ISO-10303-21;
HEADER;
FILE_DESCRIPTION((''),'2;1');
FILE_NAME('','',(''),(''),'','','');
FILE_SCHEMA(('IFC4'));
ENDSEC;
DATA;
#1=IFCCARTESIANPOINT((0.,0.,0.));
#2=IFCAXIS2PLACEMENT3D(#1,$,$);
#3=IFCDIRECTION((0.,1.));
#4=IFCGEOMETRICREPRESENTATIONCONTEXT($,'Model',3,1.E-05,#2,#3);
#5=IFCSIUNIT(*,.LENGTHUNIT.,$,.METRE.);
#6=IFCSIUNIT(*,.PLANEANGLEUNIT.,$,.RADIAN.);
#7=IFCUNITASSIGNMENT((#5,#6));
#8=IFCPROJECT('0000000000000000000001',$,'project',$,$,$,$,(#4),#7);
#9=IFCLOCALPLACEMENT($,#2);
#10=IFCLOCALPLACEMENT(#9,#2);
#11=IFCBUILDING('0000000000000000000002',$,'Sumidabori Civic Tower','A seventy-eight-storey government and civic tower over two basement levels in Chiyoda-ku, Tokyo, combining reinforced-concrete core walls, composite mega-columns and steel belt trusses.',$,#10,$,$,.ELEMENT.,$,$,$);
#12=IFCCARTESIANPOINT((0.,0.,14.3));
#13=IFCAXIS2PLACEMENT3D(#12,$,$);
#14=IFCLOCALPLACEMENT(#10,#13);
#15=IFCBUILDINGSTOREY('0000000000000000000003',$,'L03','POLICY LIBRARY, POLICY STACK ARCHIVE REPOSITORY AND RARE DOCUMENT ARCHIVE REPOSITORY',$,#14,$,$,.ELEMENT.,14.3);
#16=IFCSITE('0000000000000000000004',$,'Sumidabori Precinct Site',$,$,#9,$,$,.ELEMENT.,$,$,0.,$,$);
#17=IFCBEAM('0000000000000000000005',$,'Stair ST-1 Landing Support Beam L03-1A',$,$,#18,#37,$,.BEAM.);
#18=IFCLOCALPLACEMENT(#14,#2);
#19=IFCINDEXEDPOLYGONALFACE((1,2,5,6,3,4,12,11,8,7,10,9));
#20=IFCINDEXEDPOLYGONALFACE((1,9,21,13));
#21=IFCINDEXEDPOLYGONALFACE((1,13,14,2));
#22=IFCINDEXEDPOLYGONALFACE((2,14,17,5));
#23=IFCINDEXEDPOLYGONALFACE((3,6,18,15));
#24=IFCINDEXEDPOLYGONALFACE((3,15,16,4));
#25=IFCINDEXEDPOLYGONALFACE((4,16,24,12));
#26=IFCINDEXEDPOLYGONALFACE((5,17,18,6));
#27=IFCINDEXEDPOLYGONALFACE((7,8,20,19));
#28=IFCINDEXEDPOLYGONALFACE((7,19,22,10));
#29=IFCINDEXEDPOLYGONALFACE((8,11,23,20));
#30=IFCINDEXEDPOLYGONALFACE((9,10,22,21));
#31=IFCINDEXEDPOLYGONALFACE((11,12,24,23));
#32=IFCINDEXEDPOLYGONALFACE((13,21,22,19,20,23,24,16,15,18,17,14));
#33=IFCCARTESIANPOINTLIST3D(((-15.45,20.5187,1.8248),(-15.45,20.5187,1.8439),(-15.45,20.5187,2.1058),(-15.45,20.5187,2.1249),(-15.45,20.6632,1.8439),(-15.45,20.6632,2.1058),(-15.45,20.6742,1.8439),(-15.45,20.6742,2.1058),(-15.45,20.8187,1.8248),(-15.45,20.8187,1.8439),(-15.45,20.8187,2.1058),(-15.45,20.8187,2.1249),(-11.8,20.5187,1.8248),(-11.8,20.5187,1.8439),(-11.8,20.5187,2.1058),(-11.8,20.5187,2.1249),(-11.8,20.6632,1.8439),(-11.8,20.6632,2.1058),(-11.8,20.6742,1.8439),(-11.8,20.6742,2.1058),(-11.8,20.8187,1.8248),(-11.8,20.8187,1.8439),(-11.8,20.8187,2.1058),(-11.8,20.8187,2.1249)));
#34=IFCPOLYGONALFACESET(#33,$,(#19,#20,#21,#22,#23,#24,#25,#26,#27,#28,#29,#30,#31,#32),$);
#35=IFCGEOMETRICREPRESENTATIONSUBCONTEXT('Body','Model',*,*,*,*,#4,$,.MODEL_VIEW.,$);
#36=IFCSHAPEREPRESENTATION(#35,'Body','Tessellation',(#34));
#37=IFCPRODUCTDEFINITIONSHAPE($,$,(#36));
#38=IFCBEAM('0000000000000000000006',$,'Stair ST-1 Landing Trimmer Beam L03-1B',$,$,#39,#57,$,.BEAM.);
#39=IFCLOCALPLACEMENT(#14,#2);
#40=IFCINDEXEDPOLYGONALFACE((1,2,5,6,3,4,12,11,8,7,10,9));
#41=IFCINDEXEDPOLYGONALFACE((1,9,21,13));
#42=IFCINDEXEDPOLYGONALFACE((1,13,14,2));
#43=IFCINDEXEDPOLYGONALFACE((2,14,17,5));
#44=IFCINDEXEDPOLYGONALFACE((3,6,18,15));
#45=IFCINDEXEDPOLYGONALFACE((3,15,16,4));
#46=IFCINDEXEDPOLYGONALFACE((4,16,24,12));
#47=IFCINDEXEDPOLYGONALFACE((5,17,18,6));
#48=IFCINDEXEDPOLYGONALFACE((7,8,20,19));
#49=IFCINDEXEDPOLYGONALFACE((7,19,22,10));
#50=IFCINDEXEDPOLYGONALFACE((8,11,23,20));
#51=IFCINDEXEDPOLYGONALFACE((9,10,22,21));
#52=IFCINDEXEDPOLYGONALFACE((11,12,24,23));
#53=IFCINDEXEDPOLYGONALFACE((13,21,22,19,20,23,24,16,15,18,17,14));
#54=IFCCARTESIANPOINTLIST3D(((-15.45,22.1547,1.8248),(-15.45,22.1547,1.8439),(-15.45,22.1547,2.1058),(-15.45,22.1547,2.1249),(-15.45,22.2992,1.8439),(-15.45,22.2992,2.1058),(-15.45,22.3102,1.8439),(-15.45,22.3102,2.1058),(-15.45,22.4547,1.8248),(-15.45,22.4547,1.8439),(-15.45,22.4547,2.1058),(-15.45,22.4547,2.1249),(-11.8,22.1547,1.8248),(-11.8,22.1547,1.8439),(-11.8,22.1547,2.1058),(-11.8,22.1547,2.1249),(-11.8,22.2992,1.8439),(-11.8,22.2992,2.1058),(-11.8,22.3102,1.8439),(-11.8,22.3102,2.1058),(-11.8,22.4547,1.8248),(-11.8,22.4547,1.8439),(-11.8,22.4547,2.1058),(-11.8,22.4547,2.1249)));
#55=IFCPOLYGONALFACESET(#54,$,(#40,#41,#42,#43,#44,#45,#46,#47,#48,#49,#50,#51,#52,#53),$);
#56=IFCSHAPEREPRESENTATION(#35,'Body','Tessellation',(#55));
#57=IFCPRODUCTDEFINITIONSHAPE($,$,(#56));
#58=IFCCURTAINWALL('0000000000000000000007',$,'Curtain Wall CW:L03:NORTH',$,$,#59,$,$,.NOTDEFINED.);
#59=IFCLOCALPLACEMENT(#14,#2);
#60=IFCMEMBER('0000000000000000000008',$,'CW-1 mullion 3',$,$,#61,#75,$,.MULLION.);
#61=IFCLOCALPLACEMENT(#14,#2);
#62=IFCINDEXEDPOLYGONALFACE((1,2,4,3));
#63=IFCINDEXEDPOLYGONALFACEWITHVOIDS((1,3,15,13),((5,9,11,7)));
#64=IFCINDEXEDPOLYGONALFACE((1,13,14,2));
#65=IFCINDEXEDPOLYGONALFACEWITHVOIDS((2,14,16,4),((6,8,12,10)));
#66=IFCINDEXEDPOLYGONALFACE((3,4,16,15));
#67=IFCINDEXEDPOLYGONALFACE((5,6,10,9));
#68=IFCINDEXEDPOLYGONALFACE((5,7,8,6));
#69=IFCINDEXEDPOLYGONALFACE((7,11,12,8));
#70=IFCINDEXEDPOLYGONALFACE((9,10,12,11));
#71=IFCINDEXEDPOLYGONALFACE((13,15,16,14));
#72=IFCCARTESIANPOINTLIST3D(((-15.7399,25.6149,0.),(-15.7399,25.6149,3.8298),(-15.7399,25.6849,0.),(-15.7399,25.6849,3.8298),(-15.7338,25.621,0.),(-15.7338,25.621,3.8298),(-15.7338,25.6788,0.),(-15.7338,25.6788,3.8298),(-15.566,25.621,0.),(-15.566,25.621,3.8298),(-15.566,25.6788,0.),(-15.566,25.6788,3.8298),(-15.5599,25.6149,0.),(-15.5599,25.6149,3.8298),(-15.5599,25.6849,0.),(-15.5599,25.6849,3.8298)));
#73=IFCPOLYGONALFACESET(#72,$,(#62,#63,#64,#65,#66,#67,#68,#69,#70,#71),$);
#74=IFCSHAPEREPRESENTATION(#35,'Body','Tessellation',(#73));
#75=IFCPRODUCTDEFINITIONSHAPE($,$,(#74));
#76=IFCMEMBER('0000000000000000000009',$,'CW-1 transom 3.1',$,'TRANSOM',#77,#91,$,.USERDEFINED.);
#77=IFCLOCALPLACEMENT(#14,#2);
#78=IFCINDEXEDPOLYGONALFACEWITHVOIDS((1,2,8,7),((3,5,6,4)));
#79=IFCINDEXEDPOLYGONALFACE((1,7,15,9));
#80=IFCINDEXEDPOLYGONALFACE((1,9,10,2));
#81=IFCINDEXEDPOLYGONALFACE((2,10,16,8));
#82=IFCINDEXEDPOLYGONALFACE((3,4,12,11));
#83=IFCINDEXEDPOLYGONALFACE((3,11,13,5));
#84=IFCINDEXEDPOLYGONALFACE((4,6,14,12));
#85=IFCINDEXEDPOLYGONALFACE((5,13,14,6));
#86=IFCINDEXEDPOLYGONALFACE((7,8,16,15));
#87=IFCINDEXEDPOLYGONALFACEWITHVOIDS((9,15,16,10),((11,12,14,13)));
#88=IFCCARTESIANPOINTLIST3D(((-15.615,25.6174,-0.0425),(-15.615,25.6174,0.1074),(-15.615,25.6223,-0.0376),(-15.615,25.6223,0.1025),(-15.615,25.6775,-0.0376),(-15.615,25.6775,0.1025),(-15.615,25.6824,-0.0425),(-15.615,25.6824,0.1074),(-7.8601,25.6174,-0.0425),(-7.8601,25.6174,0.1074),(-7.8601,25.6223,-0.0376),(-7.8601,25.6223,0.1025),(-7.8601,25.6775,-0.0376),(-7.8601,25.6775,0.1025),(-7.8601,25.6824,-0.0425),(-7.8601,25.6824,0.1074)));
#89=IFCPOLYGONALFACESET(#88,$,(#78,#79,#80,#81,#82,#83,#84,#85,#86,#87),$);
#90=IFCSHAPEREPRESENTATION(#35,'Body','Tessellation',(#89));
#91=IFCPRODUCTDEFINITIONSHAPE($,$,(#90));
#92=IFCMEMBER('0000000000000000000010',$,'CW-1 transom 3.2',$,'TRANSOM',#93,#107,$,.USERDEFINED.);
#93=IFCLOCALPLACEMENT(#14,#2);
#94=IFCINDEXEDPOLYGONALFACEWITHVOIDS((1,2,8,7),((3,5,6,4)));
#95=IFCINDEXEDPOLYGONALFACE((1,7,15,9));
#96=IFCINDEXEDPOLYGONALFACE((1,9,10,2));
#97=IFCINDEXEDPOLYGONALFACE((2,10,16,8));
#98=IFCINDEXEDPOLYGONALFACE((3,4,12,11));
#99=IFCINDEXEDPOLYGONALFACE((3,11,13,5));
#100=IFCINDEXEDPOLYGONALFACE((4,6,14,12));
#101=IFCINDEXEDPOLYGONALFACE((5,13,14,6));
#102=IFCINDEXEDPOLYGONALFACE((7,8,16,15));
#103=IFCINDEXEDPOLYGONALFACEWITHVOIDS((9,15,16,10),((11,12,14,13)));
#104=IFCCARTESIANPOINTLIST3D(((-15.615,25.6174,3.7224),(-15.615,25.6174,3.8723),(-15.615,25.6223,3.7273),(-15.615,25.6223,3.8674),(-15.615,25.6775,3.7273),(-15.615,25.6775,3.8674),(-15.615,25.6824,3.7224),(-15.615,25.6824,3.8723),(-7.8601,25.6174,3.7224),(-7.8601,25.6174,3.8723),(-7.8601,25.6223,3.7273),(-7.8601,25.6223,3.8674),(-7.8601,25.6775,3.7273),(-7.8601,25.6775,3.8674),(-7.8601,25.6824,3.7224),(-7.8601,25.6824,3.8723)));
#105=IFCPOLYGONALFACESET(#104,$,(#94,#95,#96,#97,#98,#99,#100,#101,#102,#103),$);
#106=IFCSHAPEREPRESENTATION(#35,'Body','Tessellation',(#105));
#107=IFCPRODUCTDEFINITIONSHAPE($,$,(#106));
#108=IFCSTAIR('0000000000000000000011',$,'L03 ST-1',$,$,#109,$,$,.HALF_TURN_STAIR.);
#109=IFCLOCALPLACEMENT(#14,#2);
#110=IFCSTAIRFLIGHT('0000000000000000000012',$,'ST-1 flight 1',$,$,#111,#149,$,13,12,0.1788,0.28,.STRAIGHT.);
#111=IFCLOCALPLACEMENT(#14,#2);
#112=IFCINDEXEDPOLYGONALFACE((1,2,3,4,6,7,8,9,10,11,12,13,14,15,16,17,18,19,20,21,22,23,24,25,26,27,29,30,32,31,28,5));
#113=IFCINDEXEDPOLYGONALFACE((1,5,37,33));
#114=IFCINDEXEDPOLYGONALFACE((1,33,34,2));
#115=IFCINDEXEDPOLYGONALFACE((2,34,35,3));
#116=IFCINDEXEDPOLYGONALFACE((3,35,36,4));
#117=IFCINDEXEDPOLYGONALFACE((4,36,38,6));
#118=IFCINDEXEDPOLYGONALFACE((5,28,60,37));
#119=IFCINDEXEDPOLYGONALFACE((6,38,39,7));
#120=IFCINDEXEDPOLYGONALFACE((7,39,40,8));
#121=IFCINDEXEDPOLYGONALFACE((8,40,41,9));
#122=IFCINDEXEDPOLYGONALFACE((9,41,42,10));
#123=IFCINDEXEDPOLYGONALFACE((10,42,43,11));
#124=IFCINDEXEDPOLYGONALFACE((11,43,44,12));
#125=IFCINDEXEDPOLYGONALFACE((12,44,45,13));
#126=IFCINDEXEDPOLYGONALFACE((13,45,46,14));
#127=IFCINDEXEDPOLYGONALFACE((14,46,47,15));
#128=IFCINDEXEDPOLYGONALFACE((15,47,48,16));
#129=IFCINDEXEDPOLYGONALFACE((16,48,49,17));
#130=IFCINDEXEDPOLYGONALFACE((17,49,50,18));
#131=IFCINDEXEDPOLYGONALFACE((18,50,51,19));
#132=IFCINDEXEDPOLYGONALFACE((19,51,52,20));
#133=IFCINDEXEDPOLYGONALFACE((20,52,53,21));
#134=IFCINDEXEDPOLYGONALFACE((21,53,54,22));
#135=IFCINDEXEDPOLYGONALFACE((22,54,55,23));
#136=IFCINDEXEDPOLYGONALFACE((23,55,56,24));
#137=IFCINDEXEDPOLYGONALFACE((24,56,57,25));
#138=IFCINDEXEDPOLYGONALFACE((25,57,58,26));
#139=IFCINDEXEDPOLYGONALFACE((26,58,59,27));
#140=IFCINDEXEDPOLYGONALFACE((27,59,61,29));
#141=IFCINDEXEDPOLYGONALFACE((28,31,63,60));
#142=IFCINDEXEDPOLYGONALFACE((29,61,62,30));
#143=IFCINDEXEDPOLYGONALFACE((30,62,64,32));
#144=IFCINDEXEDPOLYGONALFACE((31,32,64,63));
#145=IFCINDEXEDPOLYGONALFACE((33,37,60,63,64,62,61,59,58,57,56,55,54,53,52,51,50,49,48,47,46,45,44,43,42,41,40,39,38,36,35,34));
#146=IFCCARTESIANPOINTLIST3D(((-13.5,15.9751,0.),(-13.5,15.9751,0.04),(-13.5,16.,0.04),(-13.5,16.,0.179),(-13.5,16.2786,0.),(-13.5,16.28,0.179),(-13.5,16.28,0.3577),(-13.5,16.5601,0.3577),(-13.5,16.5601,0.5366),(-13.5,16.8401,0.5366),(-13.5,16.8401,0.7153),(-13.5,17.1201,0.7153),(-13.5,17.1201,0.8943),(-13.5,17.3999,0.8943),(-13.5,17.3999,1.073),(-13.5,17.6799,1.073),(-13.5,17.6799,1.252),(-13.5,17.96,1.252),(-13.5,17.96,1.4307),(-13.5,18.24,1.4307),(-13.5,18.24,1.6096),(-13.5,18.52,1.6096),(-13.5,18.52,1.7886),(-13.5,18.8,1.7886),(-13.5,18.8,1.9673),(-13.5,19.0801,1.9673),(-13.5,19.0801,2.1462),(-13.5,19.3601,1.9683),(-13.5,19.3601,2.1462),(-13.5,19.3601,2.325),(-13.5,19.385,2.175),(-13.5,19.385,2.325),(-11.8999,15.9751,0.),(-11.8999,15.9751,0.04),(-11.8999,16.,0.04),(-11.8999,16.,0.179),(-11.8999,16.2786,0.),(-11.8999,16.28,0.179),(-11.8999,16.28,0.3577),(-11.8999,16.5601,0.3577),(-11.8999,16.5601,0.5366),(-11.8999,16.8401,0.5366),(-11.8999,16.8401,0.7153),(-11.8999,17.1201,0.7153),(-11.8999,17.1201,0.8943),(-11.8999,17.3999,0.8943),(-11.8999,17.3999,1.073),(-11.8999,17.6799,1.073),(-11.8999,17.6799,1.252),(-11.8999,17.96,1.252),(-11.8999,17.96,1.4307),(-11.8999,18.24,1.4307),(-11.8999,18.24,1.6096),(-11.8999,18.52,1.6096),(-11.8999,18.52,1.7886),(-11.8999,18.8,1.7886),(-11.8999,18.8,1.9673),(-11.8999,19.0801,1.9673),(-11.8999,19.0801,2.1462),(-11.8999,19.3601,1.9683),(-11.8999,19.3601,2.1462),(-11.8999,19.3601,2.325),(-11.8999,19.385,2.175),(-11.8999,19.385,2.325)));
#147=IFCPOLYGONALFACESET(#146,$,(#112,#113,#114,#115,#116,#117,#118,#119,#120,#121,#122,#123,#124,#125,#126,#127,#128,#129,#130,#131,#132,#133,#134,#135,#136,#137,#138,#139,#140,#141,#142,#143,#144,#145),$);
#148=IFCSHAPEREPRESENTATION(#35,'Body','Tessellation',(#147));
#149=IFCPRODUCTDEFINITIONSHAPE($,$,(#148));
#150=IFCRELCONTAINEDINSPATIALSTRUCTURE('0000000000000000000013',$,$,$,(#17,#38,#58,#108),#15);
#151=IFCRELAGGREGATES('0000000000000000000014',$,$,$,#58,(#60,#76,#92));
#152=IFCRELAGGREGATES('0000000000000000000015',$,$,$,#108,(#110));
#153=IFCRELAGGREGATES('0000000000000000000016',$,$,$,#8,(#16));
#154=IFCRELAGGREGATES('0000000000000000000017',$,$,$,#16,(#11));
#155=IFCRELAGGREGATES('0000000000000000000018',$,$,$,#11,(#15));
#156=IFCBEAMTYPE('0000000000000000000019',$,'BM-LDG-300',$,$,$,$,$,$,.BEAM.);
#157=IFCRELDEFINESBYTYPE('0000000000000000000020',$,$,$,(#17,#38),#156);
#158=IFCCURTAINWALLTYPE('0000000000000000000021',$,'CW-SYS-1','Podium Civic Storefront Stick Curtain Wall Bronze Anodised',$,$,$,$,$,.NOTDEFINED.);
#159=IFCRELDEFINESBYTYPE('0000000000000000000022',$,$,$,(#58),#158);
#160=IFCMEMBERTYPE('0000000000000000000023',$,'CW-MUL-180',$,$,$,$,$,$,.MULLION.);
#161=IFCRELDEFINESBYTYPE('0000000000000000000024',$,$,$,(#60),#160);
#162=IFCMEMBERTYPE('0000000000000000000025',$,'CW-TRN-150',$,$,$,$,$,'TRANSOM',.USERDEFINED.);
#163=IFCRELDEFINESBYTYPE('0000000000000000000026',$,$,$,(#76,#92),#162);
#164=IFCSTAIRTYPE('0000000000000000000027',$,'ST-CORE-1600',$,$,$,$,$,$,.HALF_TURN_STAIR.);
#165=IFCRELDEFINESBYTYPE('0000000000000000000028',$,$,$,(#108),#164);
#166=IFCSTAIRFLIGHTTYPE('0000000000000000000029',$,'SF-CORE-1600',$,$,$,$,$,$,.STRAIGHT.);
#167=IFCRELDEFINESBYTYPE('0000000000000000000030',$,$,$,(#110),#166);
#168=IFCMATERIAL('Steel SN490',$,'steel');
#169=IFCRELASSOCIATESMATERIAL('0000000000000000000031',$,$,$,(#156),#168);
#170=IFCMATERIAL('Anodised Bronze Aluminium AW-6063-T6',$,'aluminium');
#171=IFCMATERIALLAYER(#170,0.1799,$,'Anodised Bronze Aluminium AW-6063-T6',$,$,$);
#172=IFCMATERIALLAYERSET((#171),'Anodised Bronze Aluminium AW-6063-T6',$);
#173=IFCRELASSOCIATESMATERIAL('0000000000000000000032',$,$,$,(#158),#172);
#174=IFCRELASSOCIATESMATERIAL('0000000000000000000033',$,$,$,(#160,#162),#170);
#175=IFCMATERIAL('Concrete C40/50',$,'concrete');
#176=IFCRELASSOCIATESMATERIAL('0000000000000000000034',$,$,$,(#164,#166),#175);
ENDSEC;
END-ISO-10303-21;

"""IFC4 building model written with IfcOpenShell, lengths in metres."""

from ifc_helpers import new_model, si_unit, direction, frame, origin, origin_2d, place, context, subcontext, project, spatial, polyline, hollow_rectangle, i_section, outline, extrude, source, transform, mapped, material, layer, layer_set, material_profile, profile_set, type_object, element, aggregate, save


model = new_model("IFC4")

# Units and contexts
model_context = context("Model", 3, precision=1e-05, world=origin(), true_north=direction((0.0, 1.0)))
body_context = subcontext(model_context, "Body", "Model", "MODEL_VIEW")
ifc_project = project(units=[si_unit("LENGTHUNIT", "METRE"), si_unit("PLANEANGLEUNIT", "RADIAN")], contexts=[model_context])

# Site, building, storey
site_placement = place(None, origin())
site = spatial("IfcSite", under=ifc_project, at=site_placement, Name="Sumidabori Precinct Site", CompositionType="ELEMENT", RefElevation=0.0)
building_placement = place(site_placement, origin())
building = spatial("IfcBuilding", under=site, at=building_placement, Name="Sumidabori Civic Tower", Description="A seventy-eight-storey government and civic tower over two basement levels in Chiyoda-ku, Tokyo, combining reinforced-concrete core walls, composite mega-columns and steel belt trusses.", CompositionType="ELEMENT")
storey_placement = place(building_placement, frame((0.0, 0.0, 14.3)))
storey = spatial("IfcBuildingStorey", under=building, at=storey_placement, Name="L03", Description="POLICY LIBRARY, POLICY STACK ARCHIVE REPOSITORY AND RARE DOCUMENT ARCHIVE REPOSITORY", CompositionType="ELEMENT", Elevation=14.3)

# Beams
ifc_material_1 = material(Name="Steel SN490", Category="steel")
ifc_material_profile_1 = material_profile(ifc_material_1, i_section(OverallWidth=0.3, OverallDepth=0.3, WebThickness=0.011, FlangeThickness=0.019, at=origin_2d()), Name="HE 300 B")
ifc_profile_set_1 = profile_set([ifc_material_profile_1], Name="Steel SN490")
beam_type = type_object("IfcBeamType", Name="BM-LDG-300", PredefinedType="BEAM", material=ifc_profile_set_1)
shared_shape_1 = source(origin(), body_context, "Body", "SweptSolid", [
    extrude(i_section(OverallWidth=0.3, OverallDepth=0.3, WebThickness=0.011, FlangeThickness=0.019, at=origin_2d()), origin(), (0.0, 0.0, 1.0), 3.6499),
])
for number, where, z_axis, x_axis, name in (
    (1, (-15.45, 20.6687, 1.9749), (1.0, 0.0, 0.0), (0.0, 1.0, 0.0), "Stair ST-1 Landing Support Beam L03-1A"),
    (2, (-15.45, 22.3047, 1.9749), (1.0, 0.0, 0.0), (0.0, 1.0, 0.0), "Stair ST-1 Landing Trimmer Beam L03-1B"),
):
    element("IfcBeam", number, at=place(storey_placement, frame(where, z_axis=z_axis, x_axis=x_axis)), inside=storey, type_object=beam_type, Name=name, PredefinedType="BEAM", context=body_context, shape_type="MappedRepresentation", body=[
        mapped(shared_shape_1, transform((0.0, 0.0, 0.0), x_axis=(1.0, 0.0, 0.0), y_axis=(0.0, 1.0, 0.0), z_axis=(0.0, 0.0, 1.0), scale=1.0)),
    ])

# Curtain wall, members
ifc_material_2 = material(Name="Anodised Bronze Aluminium AW-6063-T6", Category="aluminium")
ifc_layer_1 = layer(ifc_material_2, 0.1799, Name="Anodised Bronze Aluminium AW-6063-T6")
ifc_layer_set_1 = layer_set([ifc_layer_1], Name="Anodised Bronze Aluminium AW-6063-T6")
curtain_wall_type = type_object("IfcCurtainWallType", Name="CW-SYS-1", Description="Podium Civic Storefront Stick Curtain Wall Bronze Anodised", PredefinedType="NOTDEFINED", material=ifc_layer_set_1)
curtain_wall_placement = place(storey_placement, origin())
curtain_wall = element("IfcCurtainWall", 3, at=curtain_wall_placement, inside=storey, type_object=curtain_wall_type, Name="Curtain Wall CW:L03:NORTH", PredefinedType="NOTDEFINED")
ifc_material_profile_2 = material_profile(ifc_material_2, hollow_rectangle(XDim=0.0701, YDim=0.1799, WallThickness=0.0061, at=origin_2d()), Name="ALU MULLION 180x70")
ifc_profile_set_2 = profile_set([ifc_material_profile_2], Name="Anodised Bronze Aluminium AW-6063-T6")
member_type_1 = type_object("IfcMemberType", Name="CW-MUL-180", PredefinedType="MULLION", material=ifc_profile_set_2)
shared_shape_2 = source(origin(), body_context, "Body", "SweptSolid", [
    extrude(hollow_rectangle(XDim=0.0701, YDim=0.1799, WallThickness=0.0061, at=origin_2d()), origin(), (0.0, 0.0, 1.0), 3.8298),
])
member_1_placement = place(storey_placement, frame((-15.6499, 25.6499, 0.0), z_axis=(0.0, 0.0, 1.0), x_axis=(0.0, 1.0, 0.0)))
member_1 = element("IfcMember", 4, at=member_1_placement, type_object=member_type_1, Name="CW-1 mullion 3", PredefinedType="MULLION", context=body_context, shape_type="MappedRepresentation", body=[
    mapped(shared_shape_2, transform((0.0, 0.0, 0.0), x_axis=(1.0, 0.0, 0.0), y_axis=(0.0, 1.0, 0.0), z_axis=(0.0, 0.0, 1.0), scale=1.0)),
])
ifc_material_profile_3 = material_profile(ifc_material_2, hollow_rectangle(XDim=0.0649, YDim=0.1499, WallThickness=0.0049, at=origin_2d()), Name="ALU TRANSOM 150x65")
ifc_profile_set_3 = profile_set([ifc_material_profile_3], Name="Anodised Bronze Aluminium AW-6063-T6")
member_type_2 = type_object("IfcMemberType", Name="CW-TRN-150", ElementType="TRANSOM", PredefinedType="USERDEFINED", material=ifc_profile_set_3)
shared_shape_3 = source(origin(), body_context, "Body", "SweptSolid", [
    extrude(hollow_rectangle(XDim=0.0649, YDim=0.1499, WallThickness=0.0049, at=origin_2d()), origin(), (0.0, 0.0, 1.0), 7.7549),
])
member_2_placement = place(storey_placement, frame((-15.615, 25.6499, 0.0325), z_axis=(1.0, 0.0, 0.0), x_axis=(0.0, 1.0, 0.0)))
member_2 = element("IfcMember", 5, at=member_2_placement, type_object=member_type_2, Name="CW-1 transom 3.1", ObjectType="TRANSOM", PredefinedType="USERDEFINED", context=body_context, shape_type="MappedRepresentation", body=[
    mapped(shared_shape_3, transform((0.0, 0.0, 0.0), x_axis=(1.0, 0.0, 0.0), y_axis=(0.0, 1.0, 0.0), z_axis=(0.0, 0.0, 1.0), scale=1.0)),
])
member_3_placement = place(storey_placement, frame((-15.615, 25.6499, 3.7974), z_axis=(1.0, 0.0, 0.0), x_axis=(0.0, 1.0, 0.0)))
member_3 = element("IfcMember", 6, at=member_3_placement, type_object=member_type_2, Name="CW-1 transom 3.2", ObjectType="TRANSOM", PredefinedType="USERDEFINED", context=body_context, shape_type="MappedRepresentation", body=[
    mapped(shared_shape_3, transform((0.0, 0.0, 0.0), x_axis=(1.0, 0.0, 0.0), y_axis=(0.0, 1.0, 0.0), z_axis=(0.0, 0.0, 1.0), scale=1.0)),
])
aggregate(curtain_wall, [member_1, member_2, member_3])

# Stair, stair flight
ifc_material_3 = material(Name="Concrete C40/50", Category="concrete")
stair_type = type_object("IfcStairType", Name="ST-CORE-1600", PredefinedType="HALF_TURN_STAIR", material=ifc_material_3)
stair_placement = place(storey_placement, origin())
stair = element("IfcStair", 7, at=stair_placement, inside=storey, type_object=stair_type, Name="L03 ST-1", PredefinedType="HALF_TURN_STAIR")
stair_flight_type = type_object("IfcStairFlightType", Name="SF-CORE-1600", PredefinedType="STRAIGHT", material=ifc_material_3)
shared_shape_4 = source(origin(), body_context, "Body", "SweptSolid", [
    extrude(outline(polyline([(-0.0249, 0.0), (-0.0249, 0.04), (0.0, 0.04), (0.0, 0.179), (0.28, 0.179), (0.28, 0.3577), (0.5601, 0.3577), (0.5601, 0.5366), (0.8401, 0.5366), (0.8401, 0.7153), (1.1201, 0.7153), (1.1201, 0.8943), (1.3999, 0.8943), (1.3999, 1.073), (1.6799, 1.073), (1.6799, 1.252), (1.96, 1.252), (1.96, 1.4307), (2.24, 1.4307), (2.24, 1.6096), (2.52, 1.6096), (2.52, 1.7886), (2.8, 1.7886), (2.8, 1.9673), (3.0801, 1.9673), (3.0801, 2.1462), (3.3601, 2.1462), (3.3601, 2.325), (3.385, 2.325), (3.385, 2.175), (3.3601, 1.9683), (0.2786, 0.0), (-0.0249, 0.0)])), frame((0.0, 0.8, 0.0), z_axis=(0.0, -1.0, 0.0), x_axis=(1.0, 0.0, 0.0)), (0.0, 0.0, 1.0), 1.6001),
])
stair_flight_1_placement = place(storey_placement, frame((-12.7, 16.0, 0.0), z_axis=(0.0, 0.0, 1.0), x_axis=(0.0, 1.0, 0.0)))
stair_flight_1 = element("IfcStairFlight", 8, at=stair_flight_1_placement, type_object=stair_flight_type, Name="ST-1 flight 1", NumberOfRisers=13, NumberOfTreads=12, PredefinedType="STRAIGHT", RiserHeight=0.1788, TreadLength=0.28, context=body_context, shape_type="MappedRepresentation", body=[
    mapped(shared_shape_4, transform((0.0, 0.0, 0.0), x_axis=(1.0, 0.0, 0.0), y_axis=(0.0, 1.0, 0.0), z_axis=(0.0, 0.0, 1.0), scale=1.0)),
])
aggregate(stair, [stair_flight_1])

save(model, "model.ifc")
